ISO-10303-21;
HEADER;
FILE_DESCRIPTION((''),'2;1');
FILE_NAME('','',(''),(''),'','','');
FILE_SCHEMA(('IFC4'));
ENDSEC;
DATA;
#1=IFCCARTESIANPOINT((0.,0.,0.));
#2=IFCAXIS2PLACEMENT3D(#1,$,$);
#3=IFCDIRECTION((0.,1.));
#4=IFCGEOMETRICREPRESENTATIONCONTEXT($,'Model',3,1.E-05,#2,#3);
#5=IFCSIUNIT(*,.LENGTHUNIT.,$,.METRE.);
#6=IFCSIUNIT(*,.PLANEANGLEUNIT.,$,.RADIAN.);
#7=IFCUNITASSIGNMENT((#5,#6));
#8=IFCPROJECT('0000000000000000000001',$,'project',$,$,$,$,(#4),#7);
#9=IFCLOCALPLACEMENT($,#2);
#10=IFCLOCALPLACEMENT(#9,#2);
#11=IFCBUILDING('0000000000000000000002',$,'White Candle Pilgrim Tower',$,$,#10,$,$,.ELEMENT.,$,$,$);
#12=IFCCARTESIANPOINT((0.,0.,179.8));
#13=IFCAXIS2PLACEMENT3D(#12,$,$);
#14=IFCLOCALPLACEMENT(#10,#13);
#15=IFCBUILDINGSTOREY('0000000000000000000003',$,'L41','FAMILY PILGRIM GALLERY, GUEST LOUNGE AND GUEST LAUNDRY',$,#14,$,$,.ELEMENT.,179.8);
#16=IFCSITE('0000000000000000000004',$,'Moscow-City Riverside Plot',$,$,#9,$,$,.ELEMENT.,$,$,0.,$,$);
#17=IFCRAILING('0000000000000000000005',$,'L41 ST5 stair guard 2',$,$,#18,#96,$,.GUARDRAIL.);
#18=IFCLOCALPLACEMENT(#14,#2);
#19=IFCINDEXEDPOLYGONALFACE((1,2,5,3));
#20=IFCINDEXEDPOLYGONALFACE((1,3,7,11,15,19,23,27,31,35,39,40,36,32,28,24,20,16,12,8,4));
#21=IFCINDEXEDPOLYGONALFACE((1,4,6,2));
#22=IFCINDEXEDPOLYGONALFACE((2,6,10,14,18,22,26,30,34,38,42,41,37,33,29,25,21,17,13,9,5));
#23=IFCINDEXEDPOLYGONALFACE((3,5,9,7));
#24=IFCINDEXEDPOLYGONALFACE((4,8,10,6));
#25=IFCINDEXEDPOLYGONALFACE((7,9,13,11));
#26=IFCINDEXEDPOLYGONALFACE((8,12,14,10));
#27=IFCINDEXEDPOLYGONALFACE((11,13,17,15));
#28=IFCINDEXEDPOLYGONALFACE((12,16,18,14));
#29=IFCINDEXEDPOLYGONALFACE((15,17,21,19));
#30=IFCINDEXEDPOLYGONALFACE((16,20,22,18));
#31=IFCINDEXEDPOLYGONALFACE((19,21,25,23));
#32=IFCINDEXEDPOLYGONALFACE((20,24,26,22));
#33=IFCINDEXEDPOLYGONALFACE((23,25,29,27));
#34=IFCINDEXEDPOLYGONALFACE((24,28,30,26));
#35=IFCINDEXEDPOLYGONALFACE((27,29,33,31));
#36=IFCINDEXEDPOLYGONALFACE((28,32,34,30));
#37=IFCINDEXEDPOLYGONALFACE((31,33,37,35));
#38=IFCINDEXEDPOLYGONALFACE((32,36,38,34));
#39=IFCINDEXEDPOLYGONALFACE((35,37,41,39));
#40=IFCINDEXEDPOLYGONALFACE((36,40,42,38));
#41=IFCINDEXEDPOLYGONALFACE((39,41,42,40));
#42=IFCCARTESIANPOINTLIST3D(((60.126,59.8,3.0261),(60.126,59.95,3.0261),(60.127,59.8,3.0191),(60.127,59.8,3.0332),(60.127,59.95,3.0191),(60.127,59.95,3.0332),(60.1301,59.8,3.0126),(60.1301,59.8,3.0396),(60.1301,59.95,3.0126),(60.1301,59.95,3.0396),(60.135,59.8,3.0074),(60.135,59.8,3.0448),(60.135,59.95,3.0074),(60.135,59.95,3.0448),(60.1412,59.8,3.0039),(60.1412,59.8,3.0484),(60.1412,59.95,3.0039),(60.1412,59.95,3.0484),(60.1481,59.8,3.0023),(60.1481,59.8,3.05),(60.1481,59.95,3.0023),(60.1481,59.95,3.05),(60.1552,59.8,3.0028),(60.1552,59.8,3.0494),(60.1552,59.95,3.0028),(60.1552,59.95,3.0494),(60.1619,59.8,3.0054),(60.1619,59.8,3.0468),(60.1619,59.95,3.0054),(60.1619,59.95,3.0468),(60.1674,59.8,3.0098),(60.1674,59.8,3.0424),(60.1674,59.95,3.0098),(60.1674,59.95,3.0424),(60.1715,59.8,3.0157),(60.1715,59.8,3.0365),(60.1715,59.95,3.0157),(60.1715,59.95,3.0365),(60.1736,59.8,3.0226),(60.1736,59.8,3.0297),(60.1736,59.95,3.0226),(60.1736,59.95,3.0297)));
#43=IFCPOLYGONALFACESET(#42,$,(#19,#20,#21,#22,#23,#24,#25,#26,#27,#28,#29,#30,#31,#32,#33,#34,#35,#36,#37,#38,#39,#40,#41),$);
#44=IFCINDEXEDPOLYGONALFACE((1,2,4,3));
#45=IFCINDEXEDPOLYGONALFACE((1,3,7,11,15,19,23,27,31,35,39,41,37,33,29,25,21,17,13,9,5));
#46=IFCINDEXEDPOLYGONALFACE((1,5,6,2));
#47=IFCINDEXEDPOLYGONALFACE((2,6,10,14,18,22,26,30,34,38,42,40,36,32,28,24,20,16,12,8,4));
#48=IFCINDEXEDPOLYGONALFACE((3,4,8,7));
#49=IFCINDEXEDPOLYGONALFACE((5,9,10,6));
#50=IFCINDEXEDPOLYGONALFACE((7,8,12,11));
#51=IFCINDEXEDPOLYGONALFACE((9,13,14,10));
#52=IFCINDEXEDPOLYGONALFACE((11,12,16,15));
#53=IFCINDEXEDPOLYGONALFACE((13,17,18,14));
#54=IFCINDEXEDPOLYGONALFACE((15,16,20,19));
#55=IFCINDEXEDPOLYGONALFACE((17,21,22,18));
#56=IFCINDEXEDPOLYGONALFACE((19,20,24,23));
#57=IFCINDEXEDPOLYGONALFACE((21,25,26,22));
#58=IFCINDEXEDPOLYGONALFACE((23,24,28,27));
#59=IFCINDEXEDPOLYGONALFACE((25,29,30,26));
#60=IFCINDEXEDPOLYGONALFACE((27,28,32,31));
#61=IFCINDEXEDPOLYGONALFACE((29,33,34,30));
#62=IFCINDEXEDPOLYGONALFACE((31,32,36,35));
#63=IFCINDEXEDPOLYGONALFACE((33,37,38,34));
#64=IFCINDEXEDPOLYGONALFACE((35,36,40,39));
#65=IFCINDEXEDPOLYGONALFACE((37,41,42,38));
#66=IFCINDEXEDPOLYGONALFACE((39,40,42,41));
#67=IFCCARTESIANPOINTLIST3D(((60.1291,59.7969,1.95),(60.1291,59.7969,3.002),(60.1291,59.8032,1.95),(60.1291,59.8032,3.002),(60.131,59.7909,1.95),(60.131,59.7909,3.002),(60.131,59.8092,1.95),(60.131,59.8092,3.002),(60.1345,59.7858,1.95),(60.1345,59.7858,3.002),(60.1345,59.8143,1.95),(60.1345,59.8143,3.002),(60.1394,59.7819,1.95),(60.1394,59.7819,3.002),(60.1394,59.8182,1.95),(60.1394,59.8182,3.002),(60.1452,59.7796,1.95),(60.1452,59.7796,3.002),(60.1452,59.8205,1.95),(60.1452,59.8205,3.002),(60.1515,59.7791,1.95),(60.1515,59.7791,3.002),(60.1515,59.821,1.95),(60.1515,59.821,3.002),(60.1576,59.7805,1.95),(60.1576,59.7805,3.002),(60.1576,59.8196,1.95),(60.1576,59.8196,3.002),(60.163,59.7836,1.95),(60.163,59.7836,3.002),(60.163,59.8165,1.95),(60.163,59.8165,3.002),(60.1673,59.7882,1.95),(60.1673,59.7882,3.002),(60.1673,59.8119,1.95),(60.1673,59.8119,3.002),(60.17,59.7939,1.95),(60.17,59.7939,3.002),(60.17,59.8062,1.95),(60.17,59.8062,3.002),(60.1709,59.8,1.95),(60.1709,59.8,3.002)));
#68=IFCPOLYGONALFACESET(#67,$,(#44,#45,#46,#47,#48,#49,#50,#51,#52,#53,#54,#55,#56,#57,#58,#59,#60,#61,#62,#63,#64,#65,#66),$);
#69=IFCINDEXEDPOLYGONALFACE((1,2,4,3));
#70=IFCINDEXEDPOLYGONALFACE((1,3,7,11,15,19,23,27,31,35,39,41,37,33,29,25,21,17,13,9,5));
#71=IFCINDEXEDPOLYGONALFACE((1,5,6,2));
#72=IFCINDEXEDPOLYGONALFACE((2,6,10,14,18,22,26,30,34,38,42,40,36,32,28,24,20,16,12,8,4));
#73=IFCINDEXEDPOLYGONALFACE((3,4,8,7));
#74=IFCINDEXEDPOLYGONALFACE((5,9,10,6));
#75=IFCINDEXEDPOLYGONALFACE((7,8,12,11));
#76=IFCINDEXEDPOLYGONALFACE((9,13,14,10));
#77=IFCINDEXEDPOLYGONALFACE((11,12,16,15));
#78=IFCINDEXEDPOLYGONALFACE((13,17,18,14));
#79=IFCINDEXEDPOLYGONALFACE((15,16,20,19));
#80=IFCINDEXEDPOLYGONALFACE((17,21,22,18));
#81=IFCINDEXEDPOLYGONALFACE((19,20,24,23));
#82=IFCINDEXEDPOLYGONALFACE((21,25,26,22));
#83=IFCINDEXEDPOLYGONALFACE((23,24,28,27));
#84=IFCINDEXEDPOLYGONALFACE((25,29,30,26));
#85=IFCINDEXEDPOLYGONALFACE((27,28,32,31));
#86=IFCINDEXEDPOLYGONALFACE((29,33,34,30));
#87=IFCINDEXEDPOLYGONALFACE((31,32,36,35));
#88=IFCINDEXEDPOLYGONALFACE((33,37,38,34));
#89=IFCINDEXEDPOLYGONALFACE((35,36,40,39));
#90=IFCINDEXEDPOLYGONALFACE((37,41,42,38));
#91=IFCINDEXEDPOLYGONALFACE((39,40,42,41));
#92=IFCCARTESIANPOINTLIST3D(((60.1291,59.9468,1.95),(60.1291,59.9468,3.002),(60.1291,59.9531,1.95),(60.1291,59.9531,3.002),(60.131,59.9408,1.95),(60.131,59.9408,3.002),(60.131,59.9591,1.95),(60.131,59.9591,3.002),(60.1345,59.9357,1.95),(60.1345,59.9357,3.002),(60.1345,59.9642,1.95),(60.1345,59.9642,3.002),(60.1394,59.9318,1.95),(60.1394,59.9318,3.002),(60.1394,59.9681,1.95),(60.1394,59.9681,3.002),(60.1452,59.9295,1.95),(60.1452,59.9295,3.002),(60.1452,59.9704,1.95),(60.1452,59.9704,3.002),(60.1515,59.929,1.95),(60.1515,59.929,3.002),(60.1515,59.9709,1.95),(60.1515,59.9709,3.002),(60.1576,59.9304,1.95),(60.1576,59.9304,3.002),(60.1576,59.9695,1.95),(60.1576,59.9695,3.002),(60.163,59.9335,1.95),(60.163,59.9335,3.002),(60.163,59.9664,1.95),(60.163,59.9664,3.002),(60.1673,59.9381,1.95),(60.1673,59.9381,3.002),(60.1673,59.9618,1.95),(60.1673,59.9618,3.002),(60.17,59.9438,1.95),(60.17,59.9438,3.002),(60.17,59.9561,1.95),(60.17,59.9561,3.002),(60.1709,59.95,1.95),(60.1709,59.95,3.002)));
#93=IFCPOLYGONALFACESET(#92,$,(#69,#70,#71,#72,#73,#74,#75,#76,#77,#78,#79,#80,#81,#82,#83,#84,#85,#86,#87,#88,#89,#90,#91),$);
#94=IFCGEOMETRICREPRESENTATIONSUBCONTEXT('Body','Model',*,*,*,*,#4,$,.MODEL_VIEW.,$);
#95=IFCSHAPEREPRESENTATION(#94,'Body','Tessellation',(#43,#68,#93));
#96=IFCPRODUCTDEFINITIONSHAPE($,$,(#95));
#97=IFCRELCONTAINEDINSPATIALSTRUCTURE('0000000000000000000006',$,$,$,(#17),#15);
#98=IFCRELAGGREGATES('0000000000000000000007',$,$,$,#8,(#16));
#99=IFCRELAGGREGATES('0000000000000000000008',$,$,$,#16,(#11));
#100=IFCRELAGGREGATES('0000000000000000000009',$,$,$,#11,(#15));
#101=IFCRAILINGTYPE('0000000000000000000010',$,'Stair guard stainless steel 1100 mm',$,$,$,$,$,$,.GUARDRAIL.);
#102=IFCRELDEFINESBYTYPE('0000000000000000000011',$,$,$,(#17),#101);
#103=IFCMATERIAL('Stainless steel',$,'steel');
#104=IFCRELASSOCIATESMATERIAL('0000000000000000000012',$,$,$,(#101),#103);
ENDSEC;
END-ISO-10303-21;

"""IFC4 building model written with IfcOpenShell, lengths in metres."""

from ifc_helpers import new_model, si_unit, direction, frame, origin, origin_2d, place, context, subcontext, project, spatial, circle, extrude, material, type_object, element, save


model = new_model("IFC4")

# Units and contexts
model_context = context("Model", 3, precision=1e-05, world=origin(), true_north=direction((0.0, 1.0)))
body_context = subcontext(model_context, "Body", "Model", "MODEL_VIEW")
ifc_project = project(units=[si_unit("LENGTHUNIT", "METRE"), si_unit("PLANEANGLEUNIT", "RADIAN")], contexts=[model_context])

# Site, building, storey
site_placement = place(None, origin())
site = spatial("IfcSite", under=ifc_project, at=site_placement, Name="Moscow-City Riverside Plot", CompositionType="ELEMENT", RefElevation=0.0)
building_placement = place(site_placement, origin())
building = spatial("IfcBuilding", under=site, at=building_placement, Name="White Candle Pilgrim Tower", CompositionType="ELEMENT")
storey_placement = place(building_placement, frame((0.0, 0.0, 179.8)))
storey = spatial("IfcBuildingStorey", under=building, at=storey_placement, Name="L41", Description="FAMILY PILGRIM GALLERY, GUEST LOUNGE AND GUEST LAUNDRY", CompositionType="ELEMENT", Elevation=179.8)

# Railing
ifc_material_1 = material(Name="Stainless steel", Category="steel")
railing_type_1 = type_object("IfcRailingType", Name="Stair guard stainless steel 1100 mm", PredefinedType="GUARDRAIL", material=ifc_material_1)
railing_1_placement = place(storey_placement, frame((60.1499, 59.8, 1.95)))
element("IfcRailing", 1, at=railing_1_placement, inside=storey, type_object=railing_type_1, Name="L41 ST5 stair guard 2", PredefinedType="GUARDRAIL", context=body_context, shape_type="SweptSolid", body=[
    extrude(circle(Radius=0.0239, at=origin_2d()), frame((0.0, 0.0, 1.0762), z_axis=(0.0, 1.0, 0.0), x_axis=(-1.0, 0.0, 0.0)), (0.0, 0.0, 1.0), 0.1499),
    extrude(circle(Radius=0.021, at=origin_2d()), origin(), (0.0, 0.0, 1.0), 1.052),
    extrude(circle(Radius=0.021, at=origin_2d()), frame((0.0, 0.1499, 0.0)), (0.0, 0.0, 1.0), 1.052),
])

save(model, "model.ifc")
